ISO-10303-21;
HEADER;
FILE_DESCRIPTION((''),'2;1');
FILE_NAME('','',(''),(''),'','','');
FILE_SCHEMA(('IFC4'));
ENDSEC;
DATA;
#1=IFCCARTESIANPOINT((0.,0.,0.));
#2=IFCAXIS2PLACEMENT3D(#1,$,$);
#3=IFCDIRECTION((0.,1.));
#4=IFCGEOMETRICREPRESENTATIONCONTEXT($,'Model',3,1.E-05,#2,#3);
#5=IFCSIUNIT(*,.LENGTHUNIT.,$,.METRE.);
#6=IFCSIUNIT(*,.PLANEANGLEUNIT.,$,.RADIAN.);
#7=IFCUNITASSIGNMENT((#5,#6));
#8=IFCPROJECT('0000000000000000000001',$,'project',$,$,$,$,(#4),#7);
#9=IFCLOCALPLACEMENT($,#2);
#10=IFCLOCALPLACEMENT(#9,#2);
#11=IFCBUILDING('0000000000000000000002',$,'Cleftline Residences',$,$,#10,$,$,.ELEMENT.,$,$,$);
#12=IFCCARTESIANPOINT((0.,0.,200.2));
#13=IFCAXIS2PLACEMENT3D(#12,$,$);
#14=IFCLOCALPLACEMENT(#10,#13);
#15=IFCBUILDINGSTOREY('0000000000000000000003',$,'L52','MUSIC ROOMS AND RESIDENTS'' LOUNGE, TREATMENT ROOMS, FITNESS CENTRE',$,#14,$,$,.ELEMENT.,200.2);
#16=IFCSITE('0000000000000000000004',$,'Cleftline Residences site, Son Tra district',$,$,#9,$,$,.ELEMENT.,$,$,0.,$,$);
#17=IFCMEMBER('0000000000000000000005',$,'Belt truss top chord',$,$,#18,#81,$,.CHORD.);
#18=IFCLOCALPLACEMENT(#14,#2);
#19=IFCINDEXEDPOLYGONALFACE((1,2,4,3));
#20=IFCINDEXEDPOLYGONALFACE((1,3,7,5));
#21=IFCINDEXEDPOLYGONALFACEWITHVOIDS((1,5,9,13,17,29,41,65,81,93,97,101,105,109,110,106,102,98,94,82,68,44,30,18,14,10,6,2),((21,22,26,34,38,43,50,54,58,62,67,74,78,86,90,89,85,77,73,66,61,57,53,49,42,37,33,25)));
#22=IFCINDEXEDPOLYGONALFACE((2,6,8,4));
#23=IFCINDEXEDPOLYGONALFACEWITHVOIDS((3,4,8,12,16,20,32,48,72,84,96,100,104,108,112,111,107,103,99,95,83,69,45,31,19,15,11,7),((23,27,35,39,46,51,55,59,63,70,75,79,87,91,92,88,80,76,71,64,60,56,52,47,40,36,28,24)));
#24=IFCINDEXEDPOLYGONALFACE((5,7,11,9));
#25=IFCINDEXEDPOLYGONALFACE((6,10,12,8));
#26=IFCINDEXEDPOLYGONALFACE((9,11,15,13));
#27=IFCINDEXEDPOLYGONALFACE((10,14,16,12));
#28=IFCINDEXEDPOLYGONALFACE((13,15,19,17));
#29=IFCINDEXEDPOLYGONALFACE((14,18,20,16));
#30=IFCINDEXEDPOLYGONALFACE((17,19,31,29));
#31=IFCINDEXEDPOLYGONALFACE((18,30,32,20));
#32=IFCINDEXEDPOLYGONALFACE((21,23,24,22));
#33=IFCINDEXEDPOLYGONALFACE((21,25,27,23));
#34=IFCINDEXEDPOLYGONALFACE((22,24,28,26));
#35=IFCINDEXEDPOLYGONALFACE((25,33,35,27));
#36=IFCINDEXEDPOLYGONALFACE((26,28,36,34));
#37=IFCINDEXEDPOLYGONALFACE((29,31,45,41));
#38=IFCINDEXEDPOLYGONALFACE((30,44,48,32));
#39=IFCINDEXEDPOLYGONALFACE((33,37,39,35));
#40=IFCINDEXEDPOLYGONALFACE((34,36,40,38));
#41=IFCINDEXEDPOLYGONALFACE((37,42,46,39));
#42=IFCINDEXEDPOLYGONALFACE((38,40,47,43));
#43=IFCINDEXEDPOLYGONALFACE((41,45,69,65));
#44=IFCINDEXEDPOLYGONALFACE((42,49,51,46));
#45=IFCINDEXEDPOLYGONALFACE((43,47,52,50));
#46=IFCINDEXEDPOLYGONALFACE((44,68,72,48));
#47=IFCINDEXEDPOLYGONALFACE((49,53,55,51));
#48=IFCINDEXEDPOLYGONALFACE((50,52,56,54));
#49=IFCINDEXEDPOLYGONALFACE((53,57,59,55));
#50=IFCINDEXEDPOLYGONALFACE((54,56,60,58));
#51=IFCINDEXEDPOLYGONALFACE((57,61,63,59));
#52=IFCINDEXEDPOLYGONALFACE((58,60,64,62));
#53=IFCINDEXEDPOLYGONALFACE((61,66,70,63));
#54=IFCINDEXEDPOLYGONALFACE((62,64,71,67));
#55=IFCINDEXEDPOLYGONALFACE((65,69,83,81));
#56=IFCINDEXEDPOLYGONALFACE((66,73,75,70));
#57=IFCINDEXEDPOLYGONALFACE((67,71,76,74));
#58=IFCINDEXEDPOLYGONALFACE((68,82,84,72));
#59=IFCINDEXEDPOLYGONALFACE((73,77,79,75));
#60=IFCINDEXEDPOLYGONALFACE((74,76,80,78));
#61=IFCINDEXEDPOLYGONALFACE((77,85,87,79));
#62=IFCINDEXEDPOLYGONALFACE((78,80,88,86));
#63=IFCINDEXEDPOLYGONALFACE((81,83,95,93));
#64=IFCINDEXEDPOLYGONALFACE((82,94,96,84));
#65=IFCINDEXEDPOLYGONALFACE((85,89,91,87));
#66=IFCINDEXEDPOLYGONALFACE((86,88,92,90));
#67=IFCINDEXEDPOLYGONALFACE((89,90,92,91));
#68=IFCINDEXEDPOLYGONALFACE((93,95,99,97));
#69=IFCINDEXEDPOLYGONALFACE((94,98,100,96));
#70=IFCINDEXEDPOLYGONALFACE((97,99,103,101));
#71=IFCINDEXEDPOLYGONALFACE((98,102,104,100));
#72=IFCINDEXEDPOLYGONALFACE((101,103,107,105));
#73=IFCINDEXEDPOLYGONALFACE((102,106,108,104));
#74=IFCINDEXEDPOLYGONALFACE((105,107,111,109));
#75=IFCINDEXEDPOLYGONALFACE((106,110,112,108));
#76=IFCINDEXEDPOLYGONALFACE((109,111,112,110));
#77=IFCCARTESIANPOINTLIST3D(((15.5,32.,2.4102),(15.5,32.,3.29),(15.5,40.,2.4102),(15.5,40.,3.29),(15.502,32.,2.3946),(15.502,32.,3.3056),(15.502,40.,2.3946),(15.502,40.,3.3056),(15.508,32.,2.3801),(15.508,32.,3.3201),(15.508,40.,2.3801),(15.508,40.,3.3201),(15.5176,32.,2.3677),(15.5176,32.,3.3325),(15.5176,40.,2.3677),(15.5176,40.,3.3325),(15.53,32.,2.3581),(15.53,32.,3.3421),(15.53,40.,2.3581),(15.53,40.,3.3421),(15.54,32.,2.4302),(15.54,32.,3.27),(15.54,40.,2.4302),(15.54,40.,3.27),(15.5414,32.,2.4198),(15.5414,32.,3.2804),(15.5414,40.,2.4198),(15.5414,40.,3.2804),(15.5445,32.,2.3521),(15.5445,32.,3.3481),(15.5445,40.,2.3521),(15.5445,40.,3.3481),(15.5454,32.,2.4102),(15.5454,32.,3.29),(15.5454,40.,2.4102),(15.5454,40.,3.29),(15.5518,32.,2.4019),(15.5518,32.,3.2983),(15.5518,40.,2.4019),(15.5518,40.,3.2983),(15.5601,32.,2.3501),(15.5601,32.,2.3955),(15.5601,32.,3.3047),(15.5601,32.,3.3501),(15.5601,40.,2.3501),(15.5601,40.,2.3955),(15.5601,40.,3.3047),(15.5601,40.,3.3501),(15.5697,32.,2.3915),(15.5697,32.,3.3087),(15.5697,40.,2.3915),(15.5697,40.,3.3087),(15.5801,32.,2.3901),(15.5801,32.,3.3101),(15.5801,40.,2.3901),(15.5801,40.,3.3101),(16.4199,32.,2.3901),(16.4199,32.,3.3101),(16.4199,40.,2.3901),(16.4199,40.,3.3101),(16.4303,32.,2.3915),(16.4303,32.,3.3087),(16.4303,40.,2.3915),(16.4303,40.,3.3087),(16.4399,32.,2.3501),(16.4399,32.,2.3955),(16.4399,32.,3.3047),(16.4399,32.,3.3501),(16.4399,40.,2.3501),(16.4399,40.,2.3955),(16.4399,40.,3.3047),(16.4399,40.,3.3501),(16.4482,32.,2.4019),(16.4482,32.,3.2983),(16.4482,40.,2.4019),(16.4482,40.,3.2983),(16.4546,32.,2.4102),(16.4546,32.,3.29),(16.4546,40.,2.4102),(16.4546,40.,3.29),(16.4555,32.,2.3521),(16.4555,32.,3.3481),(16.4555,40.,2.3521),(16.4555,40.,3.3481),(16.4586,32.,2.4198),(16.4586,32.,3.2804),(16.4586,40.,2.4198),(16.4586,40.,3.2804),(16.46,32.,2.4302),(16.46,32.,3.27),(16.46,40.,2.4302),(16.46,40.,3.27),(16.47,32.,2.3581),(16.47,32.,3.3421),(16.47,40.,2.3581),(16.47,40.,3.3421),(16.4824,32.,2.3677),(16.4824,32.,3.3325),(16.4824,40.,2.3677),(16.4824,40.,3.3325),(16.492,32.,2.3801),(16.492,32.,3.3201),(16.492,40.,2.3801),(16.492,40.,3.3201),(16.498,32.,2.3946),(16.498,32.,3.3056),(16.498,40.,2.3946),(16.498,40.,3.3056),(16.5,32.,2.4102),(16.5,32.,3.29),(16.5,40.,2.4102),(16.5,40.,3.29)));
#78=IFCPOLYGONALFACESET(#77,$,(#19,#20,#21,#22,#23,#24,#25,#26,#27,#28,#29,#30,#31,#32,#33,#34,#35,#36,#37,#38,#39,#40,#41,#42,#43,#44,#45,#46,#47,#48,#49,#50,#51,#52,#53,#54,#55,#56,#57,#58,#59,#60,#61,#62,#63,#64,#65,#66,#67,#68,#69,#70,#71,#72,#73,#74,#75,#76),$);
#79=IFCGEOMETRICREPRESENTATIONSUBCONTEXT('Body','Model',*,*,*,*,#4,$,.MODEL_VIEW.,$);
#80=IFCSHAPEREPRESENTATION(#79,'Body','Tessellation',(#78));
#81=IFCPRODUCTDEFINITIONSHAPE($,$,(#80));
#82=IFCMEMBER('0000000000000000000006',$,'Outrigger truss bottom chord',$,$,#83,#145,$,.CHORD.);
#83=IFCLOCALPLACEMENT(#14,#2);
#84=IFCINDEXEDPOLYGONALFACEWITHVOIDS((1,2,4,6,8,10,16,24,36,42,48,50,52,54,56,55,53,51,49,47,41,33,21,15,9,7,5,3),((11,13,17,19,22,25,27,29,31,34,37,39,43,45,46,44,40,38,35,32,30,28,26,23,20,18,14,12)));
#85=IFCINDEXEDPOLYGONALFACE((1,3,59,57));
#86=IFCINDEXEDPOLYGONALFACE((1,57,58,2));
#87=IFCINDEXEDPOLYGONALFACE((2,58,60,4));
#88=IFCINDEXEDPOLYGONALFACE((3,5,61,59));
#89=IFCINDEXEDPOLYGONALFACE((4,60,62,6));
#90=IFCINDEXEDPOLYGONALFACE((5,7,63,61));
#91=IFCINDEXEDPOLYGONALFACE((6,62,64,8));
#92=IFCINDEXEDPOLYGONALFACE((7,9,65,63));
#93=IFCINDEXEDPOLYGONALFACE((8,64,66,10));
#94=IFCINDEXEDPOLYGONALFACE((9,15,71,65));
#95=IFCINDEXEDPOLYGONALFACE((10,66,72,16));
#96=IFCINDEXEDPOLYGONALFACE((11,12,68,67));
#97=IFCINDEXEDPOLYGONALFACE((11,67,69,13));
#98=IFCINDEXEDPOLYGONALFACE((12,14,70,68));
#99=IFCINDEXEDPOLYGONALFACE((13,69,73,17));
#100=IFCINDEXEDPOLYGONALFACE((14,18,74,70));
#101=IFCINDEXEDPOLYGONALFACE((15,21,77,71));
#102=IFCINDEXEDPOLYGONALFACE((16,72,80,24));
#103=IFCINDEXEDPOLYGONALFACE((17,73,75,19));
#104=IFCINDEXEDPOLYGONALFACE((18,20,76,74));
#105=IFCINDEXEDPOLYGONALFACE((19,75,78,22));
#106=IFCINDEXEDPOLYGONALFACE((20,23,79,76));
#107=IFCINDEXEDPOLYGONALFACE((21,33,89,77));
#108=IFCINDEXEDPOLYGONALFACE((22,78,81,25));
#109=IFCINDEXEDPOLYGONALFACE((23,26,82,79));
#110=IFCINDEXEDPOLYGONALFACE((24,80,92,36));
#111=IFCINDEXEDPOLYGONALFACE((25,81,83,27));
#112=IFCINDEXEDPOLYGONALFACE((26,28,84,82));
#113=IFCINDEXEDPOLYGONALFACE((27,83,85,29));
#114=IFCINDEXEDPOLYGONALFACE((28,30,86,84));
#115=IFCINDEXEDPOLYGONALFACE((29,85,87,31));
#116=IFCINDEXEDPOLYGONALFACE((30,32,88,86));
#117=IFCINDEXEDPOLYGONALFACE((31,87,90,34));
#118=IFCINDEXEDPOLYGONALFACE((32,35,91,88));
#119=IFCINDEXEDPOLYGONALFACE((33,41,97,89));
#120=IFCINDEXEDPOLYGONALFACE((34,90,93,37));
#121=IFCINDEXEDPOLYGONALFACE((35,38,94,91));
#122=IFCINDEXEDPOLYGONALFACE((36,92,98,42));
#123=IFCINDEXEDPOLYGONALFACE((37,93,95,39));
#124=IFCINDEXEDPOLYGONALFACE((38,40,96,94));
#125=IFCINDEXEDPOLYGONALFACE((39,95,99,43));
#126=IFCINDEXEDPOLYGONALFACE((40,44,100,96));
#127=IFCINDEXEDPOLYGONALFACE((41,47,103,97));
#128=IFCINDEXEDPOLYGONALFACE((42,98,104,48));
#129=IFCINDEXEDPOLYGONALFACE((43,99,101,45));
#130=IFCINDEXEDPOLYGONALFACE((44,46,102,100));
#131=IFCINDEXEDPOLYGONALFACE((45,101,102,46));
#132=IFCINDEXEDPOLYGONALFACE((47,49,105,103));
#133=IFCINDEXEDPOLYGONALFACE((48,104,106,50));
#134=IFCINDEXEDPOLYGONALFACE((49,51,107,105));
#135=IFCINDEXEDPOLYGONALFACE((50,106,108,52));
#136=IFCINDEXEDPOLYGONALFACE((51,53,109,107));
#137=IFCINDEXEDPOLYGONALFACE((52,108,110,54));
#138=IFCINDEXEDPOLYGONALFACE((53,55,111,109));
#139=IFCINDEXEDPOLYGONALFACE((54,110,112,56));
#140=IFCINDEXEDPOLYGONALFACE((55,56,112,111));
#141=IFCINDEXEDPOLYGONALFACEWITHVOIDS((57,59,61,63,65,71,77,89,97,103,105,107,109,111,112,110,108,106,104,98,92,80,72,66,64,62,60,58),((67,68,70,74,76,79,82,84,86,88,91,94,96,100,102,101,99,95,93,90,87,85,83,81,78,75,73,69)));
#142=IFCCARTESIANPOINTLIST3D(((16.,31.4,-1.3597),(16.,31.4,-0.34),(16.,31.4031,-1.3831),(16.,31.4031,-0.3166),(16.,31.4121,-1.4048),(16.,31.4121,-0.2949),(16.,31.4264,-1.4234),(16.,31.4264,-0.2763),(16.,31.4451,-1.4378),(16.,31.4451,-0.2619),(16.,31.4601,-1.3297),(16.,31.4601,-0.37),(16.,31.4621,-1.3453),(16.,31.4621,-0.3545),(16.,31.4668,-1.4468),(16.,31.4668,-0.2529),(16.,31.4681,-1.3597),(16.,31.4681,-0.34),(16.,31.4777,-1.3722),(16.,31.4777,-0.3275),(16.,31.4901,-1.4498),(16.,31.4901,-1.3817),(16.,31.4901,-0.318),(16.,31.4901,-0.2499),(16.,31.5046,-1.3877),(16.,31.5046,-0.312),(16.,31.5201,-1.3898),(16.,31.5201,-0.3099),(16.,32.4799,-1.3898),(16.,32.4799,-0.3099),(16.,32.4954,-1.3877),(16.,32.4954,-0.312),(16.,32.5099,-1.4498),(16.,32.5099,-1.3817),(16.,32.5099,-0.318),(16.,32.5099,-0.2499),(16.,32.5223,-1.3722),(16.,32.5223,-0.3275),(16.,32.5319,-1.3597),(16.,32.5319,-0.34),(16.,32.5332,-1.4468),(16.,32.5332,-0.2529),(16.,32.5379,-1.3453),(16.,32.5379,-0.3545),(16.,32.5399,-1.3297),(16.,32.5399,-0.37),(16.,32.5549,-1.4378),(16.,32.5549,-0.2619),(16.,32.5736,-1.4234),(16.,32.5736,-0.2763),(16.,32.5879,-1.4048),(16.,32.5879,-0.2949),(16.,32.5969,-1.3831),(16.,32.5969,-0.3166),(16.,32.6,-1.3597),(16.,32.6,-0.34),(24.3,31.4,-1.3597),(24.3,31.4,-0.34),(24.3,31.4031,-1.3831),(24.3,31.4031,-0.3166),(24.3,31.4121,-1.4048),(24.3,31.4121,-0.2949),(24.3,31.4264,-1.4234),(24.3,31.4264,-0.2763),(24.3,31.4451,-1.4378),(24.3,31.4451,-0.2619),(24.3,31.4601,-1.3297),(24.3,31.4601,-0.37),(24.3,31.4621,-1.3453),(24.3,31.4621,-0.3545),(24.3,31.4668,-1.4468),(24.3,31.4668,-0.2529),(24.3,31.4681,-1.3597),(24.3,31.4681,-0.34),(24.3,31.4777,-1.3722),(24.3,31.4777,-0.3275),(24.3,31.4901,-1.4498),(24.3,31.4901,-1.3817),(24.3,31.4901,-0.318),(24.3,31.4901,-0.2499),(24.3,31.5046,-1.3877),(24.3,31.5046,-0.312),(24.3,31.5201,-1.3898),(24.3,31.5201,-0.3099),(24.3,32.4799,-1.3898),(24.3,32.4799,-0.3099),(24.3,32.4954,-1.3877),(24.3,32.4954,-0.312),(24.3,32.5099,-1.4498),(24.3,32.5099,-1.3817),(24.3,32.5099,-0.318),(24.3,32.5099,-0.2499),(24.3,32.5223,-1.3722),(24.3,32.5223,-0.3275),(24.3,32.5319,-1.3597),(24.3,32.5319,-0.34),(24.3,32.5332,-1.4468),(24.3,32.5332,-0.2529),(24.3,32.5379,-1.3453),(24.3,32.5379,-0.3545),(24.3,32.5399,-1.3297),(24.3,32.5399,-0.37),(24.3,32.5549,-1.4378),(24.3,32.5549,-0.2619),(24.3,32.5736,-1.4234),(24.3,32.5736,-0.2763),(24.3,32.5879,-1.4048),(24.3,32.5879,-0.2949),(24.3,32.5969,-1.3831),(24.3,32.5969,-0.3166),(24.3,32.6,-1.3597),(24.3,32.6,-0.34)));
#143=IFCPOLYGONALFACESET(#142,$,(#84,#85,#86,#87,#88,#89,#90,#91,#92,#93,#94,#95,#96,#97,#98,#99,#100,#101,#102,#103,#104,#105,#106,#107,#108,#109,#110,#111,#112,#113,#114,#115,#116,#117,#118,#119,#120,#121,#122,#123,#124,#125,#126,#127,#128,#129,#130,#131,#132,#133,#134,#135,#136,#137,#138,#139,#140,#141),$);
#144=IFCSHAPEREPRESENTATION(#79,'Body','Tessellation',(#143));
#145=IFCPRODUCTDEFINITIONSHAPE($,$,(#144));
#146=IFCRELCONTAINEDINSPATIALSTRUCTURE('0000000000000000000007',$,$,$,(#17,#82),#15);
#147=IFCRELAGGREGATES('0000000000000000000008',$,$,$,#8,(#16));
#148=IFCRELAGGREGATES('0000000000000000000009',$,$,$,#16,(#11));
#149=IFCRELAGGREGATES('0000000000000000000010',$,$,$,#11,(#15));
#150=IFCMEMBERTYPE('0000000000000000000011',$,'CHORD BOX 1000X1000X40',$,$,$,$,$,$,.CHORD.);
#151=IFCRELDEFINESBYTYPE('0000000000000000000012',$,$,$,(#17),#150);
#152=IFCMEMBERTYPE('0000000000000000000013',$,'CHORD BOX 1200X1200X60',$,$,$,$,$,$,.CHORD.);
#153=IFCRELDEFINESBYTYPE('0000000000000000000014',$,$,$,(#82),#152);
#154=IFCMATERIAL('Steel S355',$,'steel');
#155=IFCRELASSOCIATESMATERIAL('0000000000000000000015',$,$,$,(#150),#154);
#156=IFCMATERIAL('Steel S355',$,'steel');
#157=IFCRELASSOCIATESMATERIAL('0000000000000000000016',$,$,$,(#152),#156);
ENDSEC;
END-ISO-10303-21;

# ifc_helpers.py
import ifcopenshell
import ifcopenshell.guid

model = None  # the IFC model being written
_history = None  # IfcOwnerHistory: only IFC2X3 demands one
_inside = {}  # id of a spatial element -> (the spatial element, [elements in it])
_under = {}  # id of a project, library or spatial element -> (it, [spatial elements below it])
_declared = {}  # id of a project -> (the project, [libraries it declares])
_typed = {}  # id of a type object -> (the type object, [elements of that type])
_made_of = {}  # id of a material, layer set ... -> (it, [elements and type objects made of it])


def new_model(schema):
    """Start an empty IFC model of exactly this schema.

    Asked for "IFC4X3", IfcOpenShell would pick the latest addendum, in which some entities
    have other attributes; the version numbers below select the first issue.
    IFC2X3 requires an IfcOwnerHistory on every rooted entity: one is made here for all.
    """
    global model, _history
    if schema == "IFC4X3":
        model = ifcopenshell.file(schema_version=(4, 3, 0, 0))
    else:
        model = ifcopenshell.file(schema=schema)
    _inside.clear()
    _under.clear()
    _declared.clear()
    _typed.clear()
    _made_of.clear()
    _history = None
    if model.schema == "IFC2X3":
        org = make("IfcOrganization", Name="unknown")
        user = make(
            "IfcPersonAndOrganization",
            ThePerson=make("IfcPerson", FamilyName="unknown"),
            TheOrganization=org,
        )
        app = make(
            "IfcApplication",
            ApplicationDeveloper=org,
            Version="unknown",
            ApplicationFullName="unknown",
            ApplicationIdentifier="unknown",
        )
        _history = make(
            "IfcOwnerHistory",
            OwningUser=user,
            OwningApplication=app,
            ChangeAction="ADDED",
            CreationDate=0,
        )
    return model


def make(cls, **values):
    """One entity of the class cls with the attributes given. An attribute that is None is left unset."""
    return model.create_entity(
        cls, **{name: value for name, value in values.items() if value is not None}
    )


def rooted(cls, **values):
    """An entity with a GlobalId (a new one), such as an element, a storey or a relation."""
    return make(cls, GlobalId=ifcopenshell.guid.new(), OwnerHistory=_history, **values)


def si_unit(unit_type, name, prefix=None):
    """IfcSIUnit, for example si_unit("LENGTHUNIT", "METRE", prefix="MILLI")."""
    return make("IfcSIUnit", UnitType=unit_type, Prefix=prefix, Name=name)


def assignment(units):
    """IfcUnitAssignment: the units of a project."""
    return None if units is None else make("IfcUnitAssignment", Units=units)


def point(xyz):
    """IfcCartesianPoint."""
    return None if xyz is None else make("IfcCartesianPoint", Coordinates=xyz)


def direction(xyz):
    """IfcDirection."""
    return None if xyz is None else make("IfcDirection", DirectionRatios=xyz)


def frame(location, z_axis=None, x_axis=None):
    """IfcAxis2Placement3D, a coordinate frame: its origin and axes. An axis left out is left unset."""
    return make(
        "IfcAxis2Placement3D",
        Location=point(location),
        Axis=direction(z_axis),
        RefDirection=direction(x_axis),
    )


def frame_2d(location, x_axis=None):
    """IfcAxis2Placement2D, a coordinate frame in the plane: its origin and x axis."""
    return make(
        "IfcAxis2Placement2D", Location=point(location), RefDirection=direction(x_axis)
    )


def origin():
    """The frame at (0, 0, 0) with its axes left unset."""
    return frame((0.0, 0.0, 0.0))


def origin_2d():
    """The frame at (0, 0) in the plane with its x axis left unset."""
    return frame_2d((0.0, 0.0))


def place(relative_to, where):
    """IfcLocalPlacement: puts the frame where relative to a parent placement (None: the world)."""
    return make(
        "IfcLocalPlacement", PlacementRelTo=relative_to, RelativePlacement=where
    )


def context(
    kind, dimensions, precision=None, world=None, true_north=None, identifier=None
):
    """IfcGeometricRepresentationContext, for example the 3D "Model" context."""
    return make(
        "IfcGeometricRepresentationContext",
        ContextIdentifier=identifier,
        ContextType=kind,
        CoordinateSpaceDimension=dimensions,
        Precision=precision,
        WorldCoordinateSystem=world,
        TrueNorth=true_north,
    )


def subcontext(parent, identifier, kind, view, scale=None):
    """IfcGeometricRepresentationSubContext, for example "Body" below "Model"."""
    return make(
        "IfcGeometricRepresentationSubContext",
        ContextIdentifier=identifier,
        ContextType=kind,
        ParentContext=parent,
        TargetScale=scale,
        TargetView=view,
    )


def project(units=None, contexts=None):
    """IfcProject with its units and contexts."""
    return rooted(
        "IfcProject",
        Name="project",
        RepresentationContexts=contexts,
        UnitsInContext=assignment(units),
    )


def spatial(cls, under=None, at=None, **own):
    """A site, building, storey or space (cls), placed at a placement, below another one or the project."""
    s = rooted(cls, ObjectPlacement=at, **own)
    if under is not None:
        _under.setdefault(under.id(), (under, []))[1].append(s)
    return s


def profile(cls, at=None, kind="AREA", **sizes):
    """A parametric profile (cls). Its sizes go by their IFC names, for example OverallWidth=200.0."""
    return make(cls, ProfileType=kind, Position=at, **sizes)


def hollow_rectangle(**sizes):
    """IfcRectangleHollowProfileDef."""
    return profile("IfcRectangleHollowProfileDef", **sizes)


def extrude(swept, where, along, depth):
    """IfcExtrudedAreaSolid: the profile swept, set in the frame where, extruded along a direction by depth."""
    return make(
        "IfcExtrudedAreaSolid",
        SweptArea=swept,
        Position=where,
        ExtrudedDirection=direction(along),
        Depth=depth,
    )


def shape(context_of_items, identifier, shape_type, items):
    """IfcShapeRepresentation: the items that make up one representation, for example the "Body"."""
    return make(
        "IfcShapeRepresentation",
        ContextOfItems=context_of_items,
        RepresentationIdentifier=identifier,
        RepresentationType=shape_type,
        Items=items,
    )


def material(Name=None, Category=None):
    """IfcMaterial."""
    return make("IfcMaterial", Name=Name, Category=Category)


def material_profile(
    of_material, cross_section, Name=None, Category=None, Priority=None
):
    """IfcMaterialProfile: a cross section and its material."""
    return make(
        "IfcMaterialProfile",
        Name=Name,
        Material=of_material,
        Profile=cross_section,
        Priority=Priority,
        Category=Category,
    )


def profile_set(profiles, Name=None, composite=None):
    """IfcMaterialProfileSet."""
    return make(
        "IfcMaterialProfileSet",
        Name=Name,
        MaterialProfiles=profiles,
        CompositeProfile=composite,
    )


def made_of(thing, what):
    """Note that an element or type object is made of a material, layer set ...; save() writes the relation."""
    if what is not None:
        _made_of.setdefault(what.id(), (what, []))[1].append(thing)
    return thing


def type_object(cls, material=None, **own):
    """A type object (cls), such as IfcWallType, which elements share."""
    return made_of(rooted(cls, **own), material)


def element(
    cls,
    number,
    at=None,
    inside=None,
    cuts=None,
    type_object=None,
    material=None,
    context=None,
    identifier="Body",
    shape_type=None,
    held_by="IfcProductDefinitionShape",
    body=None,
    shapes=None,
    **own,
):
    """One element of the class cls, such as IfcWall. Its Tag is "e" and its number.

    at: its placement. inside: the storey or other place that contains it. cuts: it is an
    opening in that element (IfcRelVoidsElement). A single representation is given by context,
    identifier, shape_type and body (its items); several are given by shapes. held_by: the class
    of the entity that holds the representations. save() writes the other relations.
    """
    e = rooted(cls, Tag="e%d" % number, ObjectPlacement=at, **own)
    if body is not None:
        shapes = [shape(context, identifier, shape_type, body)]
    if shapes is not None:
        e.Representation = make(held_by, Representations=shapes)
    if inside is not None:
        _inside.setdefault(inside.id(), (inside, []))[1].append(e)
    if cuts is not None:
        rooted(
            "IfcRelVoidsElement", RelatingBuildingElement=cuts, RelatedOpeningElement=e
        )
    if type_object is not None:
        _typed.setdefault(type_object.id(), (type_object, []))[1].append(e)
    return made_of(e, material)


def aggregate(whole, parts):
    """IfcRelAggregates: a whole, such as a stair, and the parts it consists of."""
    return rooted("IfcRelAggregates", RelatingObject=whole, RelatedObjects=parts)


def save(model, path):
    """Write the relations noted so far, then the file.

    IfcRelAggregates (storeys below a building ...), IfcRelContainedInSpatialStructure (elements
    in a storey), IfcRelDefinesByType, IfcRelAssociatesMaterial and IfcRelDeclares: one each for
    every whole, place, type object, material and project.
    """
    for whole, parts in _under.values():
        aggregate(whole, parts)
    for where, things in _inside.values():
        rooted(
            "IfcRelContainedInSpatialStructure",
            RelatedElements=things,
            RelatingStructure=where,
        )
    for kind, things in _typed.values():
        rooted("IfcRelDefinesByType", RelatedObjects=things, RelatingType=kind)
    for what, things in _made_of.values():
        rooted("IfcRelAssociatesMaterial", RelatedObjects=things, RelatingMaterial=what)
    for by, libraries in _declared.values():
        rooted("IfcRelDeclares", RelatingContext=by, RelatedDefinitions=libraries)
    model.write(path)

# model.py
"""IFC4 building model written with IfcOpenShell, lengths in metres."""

from ifc_helpers import new_model, si_unit, direction, frame, origin, origin_2d, place, context, subcontext, project, spatial, hollow_rectangle, extrude, material, material_profile, profile_set, type_object, element, save


model = new_model("IFC4")

# Units and contexts
model_context = context("Model", 3, precision=1e-05, world=origin(), true_north=direction((0.0, 1.0)))
body_context = subcontext(model_context, "Body", "Model", "MODEL_VIEW")
ifc_project = project(units=[si_unit("LENGTHUNIT", "METRE"), si_unit("PLANEANGLEUNIT", "RADIAN")], contexts=[model_context])

# Site, building, storey
site_placement = place(None, origin())
site = spatial("IfcSite", under=ifc_project, at=site_placement, Name="Cleftline Residences site, Son Tra district", CompositionType="ELEMENT", RefElevation=0.0)
building_placement = place(site_placement, origin())
building = spatial("IfcBuilding", under=site, at=building_placement, Name="Cleftline Residences", CompositionType="ELEMENT")
storey_placement = place(building_placement, frame((0.0, 0.0, 200.2)))
storey = spatial("IfcBuildingStorey", under=building, at=storey_placement, Name="L52", Description="MUSIC ROOMS AND RESIDENTS' LOUNGE, TREATMENT ROOMS, FITNESS CENTRE", CompositionType="ELEMENT", Elevation=200.2)

# Members
ifc_material_1 = material(Name="Steel S355", Category="steel")
ifc_material_profile_1 = material_profile(ifc_material_1, hollow_rectangle(XDim=1.0, YDim=1.0, WallThickness=0.04, InnerFilletRadius=0.04, OuterFilletRadius=0.0601, at=origin_2d()))
ifc_profile_set_1 = profile_set([ifc_material_profile_1], Name="Steel S355")
member_type_1 = type_object("IfcMemberType", Name="CHORD BOX 1000X1000X40", PredefinedType="CHORD", material=ifc_profile_set_1)
for number, where, z_axis, x_axis, name in (
    (1, (16.0, 32.0, 2.8501), (0.0, 1.0, 0.0), (-1.0, 0.0, 0.0), "Belt truss top chord"),
):
    element("IfcMember", number, at=place(storey_placement, frame(where, z_axis=z_axis, x_axis=x_axis)), inside=storey, type_object=member_type_1, Name=name, PredefinedType="CHORD", context=body_context, shape_type="SweptSolid", body=[
        extrude(hollow_rectangle(XDim=1.0, YDim=1.0, WallThickness=0.04, InnerFilletRadius=0.04, OuterFilletRadius=0.0601, at=origin_2d()), origin(), (0.0, 0.0, 1.0), 8.0),
    ])
ifc_material_2 = material(Name="Steel S355", Category="steel")
ifc_material_profile_2 = material_profile(ifc_material_2, hollow_rectangle(XDim=1.2, YDim=1.2, WallThickness=0.0601, InnerFilletRadius=0.0601, OuterFilletRadius=0.0901, at=origin_2d()))
ifc_profile_set_2 = profile_set([ifc_material_profile_2], Name="Steel S355")
member_type_2 = type_object("IfcMemberType", Name="CHORD BOX 1200X1200X60", PredefinedType="CHORD", material=ifc_profile_set_2)
for number, where, z_axis, x_axis, name in (
    (2, (24.3, 32.0, -0.8499), (-1.0, 0.0, 0.0), (0.0, -1.0, 0.0), "Outrigger truss bottom chord"),
):
    element("IfcMember", number, at=place(storey_placement, frame(where, z_axis=z_axis, x_axis=x_axis)), inside=storey, type_object=member_type_2, Name=name, PredefinedType="CHORD", context=body_context, shape_type="SweptSolid", body=[
        extrude(hollow_rectangle(XDim=1.2, YDim=1.2, WallThickness=0.0601, InnerFilletRadius=0.0601, OuterFilletRadius=0.0901, at=origin_2d()), origin(), (0.0, 0.0, 1.0), 8.3),
    ])

save(model, "model.ifc")
